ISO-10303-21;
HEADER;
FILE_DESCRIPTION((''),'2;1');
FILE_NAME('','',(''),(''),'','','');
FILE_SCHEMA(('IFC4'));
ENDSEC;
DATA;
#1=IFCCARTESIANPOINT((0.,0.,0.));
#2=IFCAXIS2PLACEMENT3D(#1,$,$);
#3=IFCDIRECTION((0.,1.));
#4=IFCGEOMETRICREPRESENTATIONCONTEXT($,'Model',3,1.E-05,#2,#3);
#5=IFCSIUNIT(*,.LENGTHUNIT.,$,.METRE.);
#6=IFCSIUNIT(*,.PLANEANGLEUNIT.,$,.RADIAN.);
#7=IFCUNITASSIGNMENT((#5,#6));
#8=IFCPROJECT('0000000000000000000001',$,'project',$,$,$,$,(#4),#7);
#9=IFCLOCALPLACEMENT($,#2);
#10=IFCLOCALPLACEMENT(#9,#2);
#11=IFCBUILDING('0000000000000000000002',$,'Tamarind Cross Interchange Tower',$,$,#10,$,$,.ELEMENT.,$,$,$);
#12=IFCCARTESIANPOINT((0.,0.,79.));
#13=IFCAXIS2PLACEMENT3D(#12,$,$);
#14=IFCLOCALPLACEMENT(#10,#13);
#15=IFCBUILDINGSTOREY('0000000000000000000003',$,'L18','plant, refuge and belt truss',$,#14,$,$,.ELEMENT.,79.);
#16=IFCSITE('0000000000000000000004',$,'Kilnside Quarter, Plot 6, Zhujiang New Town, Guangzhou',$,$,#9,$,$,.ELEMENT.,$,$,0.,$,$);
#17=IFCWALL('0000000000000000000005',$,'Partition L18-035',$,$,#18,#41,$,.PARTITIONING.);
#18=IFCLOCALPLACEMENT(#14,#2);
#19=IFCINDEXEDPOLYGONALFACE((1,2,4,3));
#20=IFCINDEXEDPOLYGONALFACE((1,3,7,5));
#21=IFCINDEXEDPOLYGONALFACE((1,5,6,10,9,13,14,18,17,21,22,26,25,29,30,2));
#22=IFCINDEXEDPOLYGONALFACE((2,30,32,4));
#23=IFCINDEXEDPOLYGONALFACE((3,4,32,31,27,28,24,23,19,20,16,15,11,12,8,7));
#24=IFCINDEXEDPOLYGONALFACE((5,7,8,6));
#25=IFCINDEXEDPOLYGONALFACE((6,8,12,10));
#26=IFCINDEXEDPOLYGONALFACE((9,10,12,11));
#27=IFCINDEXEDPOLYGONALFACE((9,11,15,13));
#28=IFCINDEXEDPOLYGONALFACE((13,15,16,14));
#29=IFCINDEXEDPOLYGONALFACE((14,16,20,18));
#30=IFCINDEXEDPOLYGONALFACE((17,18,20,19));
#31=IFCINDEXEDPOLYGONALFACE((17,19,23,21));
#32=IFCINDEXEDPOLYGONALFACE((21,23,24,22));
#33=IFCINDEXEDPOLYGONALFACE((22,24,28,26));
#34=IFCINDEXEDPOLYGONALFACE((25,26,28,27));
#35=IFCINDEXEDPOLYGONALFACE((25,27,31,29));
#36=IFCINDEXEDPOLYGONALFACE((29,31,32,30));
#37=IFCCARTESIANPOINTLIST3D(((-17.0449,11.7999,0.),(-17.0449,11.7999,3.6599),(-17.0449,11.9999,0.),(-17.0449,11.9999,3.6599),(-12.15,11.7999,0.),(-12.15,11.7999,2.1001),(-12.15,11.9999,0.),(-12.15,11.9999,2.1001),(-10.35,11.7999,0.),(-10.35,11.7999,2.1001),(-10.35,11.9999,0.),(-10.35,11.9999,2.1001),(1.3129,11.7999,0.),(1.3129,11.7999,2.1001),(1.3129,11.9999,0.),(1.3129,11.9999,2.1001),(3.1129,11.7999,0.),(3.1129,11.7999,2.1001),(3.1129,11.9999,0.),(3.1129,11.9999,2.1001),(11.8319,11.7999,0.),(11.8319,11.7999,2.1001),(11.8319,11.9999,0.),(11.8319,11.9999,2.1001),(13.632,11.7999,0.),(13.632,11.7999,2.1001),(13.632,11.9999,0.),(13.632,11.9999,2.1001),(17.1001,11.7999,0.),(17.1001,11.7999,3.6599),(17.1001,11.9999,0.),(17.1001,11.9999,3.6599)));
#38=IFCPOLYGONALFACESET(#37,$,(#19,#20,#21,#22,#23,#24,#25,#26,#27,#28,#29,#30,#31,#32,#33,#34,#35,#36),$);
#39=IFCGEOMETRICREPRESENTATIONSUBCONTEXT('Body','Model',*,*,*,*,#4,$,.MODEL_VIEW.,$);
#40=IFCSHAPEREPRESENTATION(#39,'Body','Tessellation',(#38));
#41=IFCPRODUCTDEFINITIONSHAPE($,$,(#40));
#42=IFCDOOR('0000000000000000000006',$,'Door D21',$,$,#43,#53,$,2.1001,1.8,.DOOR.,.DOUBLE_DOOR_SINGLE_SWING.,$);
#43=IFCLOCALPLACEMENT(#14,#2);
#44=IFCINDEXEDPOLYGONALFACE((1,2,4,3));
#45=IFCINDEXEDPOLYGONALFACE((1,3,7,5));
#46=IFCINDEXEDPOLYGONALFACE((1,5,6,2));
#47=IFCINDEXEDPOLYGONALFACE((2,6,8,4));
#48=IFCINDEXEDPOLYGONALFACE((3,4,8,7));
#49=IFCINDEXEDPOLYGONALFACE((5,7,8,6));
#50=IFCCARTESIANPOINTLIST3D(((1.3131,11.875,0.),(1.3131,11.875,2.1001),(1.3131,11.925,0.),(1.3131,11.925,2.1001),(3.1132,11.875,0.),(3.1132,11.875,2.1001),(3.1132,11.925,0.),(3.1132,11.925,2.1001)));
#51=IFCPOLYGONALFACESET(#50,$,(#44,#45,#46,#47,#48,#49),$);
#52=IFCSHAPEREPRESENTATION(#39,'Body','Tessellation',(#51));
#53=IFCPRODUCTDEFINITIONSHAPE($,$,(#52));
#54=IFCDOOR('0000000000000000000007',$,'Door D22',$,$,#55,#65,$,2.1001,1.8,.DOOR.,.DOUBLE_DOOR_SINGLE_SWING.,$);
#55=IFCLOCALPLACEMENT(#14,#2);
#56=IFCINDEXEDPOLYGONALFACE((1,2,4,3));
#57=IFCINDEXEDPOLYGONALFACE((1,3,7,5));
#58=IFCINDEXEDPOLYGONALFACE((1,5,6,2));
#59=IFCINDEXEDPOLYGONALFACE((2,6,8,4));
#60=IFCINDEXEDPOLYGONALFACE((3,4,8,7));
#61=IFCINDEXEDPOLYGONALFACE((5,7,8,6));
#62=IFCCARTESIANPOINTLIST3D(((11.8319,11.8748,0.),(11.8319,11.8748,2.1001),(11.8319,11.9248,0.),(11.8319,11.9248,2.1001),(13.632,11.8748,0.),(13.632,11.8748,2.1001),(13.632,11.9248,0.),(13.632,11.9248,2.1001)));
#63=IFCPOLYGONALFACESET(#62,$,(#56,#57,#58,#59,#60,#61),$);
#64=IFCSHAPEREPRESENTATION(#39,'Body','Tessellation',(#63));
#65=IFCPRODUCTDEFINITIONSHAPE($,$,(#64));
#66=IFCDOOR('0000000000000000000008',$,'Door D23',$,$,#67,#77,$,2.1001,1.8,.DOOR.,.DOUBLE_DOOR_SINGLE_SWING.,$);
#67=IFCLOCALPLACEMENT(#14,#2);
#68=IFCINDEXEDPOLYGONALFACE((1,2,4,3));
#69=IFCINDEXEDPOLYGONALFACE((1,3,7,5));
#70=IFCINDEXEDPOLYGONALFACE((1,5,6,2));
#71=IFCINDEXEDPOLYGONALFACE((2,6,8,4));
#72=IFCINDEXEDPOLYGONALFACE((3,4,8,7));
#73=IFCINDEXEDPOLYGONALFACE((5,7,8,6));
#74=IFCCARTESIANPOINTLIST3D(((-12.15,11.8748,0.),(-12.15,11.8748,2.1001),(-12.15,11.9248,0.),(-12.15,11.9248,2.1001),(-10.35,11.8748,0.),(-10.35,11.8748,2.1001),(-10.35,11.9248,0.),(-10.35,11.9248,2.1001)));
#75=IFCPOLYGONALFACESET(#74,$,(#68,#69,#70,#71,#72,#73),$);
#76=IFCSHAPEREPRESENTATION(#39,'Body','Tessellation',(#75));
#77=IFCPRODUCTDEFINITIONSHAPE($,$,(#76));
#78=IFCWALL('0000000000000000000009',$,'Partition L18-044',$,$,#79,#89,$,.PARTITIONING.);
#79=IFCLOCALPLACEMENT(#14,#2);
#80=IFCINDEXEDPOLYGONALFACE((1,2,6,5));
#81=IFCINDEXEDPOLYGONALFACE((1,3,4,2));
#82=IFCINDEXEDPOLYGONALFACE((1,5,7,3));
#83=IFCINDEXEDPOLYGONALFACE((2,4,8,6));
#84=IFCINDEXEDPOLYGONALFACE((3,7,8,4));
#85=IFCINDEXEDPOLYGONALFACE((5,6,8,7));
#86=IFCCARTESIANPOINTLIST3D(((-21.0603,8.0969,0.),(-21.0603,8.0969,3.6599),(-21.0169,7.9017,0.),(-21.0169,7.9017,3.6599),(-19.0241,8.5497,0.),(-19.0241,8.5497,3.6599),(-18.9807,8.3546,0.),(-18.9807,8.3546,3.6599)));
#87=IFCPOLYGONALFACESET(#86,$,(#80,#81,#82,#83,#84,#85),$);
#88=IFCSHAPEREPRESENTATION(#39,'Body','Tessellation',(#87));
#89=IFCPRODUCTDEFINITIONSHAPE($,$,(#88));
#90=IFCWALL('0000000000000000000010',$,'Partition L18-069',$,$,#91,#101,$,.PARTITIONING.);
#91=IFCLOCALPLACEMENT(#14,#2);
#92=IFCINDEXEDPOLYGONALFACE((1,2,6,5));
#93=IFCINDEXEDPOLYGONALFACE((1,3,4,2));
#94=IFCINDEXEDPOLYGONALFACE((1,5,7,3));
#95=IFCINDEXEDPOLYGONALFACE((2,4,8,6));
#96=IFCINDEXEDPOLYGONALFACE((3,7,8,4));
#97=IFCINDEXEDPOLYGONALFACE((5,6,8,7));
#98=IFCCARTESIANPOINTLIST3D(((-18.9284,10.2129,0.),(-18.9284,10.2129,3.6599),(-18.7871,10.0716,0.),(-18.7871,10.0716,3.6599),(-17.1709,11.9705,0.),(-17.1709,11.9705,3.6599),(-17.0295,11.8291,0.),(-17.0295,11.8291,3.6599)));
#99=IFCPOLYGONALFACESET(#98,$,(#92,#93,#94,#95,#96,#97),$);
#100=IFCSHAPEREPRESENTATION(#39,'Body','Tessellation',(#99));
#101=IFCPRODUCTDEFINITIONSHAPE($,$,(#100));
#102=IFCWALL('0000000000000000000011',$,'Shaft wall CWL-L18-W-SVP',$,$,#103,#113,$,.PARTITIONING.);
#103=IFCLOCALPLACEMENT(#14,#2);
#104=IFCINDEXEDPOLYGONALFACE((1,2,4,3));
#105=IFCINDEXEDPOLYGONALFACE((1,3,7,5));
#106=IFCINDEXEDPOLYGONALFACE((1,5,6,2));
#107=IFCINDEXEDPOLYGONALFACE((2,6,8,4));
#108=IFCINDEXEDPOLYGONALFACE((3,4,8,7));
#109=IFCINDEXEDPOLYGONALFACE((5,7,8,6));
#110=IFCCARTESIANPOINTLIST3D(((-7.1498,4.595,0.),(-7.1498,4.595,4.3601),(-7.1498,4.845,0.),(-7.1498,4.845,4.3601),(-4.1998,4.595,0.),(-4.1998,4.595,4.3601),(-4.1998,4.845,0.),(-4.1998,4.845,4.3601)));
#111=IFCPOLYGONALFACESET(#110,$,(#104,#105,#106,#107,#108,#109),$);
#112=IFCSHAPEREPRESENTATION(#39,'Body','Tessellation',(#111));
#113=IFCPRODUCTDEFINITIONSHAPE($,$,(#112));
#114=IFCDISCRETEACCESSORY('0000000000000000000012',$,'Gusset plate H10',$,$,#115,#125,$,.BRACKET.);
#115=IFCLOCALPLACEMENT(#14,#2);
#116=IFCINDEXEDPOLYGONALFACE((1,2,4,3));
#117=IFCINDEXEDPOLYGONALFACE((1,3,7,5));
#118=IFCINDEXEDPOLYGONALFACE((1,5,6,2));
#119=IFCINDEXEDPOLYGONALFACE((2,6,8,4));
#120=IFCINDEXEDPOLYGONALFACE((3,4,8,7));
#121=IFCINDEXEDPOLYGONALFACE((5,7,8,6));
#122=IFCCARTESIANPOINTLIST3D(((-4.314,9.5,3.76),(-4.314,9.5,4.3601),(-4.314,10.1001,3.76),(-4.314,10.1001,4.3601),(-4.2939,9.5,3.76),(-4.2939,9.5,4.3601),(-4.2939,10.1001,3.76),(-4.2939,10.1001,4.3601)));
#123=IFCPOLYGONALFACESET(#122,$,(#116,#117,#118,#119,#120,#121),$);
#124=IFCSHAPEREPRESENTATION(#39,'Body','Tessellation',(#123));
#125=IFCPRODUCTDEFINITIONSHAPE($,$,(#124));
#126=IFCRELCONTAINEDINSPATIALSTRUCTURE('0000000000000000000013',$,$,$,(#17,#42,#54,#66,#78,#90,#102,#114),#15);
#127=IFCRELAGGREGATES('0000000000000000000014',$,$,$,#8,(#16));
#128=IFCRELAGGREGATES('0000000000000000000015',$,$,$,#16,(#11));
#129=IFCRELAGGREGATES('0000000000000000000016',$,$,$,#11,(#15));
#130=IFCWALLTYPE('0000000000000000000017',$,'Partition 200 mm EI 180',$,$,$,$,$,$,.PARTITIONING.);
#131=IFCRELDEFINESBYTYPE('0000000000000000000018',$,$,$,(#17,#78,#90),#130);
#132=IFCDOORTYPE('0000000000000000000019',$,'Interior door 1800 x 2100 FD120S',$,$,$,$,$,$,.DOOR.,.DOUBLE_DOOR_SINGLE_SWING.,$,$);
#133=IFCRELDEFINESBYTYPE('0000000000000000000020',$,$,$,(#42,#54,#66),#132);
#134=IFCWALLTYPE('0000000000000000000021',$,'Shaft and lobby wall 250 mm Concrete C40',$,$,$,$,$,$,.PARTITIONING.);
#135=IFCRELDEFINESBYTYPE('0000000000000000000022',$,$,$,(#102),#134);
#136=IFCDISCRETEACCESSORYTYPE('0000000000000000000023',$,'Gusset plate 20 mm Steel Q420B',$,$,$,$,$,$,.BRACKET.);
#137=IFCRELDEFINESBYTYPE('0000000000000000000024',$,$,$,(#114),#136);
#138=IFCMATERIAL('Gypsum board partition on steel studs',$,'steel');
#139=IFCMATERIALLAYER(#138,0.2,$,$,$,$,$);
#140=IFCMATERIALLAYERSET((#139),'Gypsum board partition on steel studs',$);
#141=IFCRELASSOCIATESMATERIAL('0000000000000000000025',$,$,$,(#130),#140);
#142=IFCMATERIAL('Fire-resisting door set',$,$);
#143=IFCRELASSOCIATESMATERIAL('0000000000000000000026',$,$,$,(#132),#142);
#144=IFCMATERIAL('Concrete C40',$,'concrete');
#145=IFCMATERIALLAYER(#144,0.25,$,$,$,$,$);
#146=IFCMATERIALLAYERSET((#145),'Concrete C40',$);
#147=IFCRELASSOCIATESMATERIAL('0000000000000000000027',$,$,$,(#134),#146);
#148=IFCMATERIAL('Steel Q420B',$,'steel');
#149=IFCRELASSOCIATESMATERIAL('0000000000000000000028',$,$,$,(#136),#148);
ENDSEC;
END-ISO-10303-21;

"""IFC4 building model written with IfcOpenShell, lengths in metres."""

from ifc_helpers import new_model, si_unit, direction, frame, frame_2d, origin, origin_2d, place, context, subcontext, project, spatial, rectangle, extrude, material, layer, layer_set, type_object, element, fill, save


model = new_model("IFC4")

# Units and contexts
model_context = context("Model", 3, precision=1e-05, world=origin(), true_north=direction((0.0, 1.0)))
body_context = subcontext(model_context, "Body", "Model", "MODEL_VIEW")
ifc_project = project(units=[si_unit("LENGTHUNIT", "METRE"), si_unit("PLANEANGLEUNIT", "RADIAN")], contexts=[model_context])

# Site, building, storey
site_placement = place(None, origin())
site = spatial("IfcSite", under=ifc_project, at=site_placement, Name="Kilnside Quarter, Plot 6, Zhujiang New Town, Guangzhou", CompositionType="ELEMENT", RefElevation=0.0)
building_placement = place(site_placement, origin())
building = spatial("IfcBuilding", under=site, at=building_placement, Name="Tamarind Cross Interchange Tower", CompositionType="ELEMENT")
storey_placement = place(building_placement, frame((0.0, 0.0, 79.0)))
storey = spatial("IfcBuildingStorey", under=building, at=storey_placement, Name="L18", Description="plant, refuge and belt truss", CompositionType="ELEMENT", Elevation=79.0)

# Shared definitions
ifc_material_1 = material(Name="Steel Q420B", Category="steel")

# Wall, openings, doors
ifc_material_2 = material(Name="Gypsum board partition on steel studs", Category="steel")
ifc_layer_1 = layer(ifc_material_2, 0.2)
ifc_layer_set_1 = layer_set([ifc_layer_1], Name="Gypsum board partition on steel studs")
wall_type_1 = type_object("IfcWallType", Name="Partition 200 mm EI 180", PredefinedType="PARTITIONING", material=ifc_layer_set_1)
wall_1_placement = place(storey_placement, frame((-17.0449, 11.8999, 0.0), z_axis=(0.0, 0.0, 1.0), x_axis=(1.0, 0.0, 0.0)))
wall_1 = element("IfcWall", 1, at=wall_1_placement, inside=storey, type_object=wall_type_1, Name="Partition L18-035", PredefinedType="PARTITIONING", context=body_context, shape_type="SweptSolid", body=[
    extrude(rectangle(XDim=34.145, YDim=0.2, at=frame_2d((17.0725, 0.0))), origin(), (0.0, 0.0, 1.0), 3.6599),
])
opening_1_placement = place(wall_1_placement, frame((18.3579, 0.0, 0.0)))
opening_1 = element("IfcOpeningElement", 2, at=opening_1_placement, cuts=wall_1, PredefinedType="OPENING", context=body_context, shape_type="SweptSolid", body=[
    extrude(rectangle(XDim=1.8, YDim=2.1001, at=frame_2d((0.8999, 1.05))), frame((0.0, 0.1099, 0.0), z_axis=(0.0, -1.0, 0.0), x_axis=(1.0, 0.0, 0.0)), (0.0, 0.0, 1.0), 0.22),
])
opening_2_placement = place(wall_1_placement, frame((28.877, 0.0, 0.0)))
opening_2 = element("IfcOpeningElement", 3, at=opening_2_placement, cuts=wall_1, PredefinedType="OPENING", context=body_context, shape_type="SweptSolid", body=[
    extrude(rectangle(XDim=1.8, YDim=2.1001, at=frame_2d((0.8999, 1.05))), frame((0.0, 0.1099, 0.0), z_axis=(0.0, -1.0, 0.0), x_axis=(1.0, 0.0, 0.0)), (0.0, 0.0, 1.0), 0.22),
])
opening_3_placement = place(wall_1_placement, frame((4.895, 0.0, 0.0)))
opening_3 = element("IfcOpeningElement", 4, at=opening_3_placement, cuts=wall_1, PredefinedType="OPENING", context=body_context, shape_type="SweptSolid", body=[
    extrude(rectangle(XDim=1.8, YDim=2.1001, at=frame_2d((0.8999, 1.05))), frame((0.0, 0.1099, 0.0), z_axis=(0.0, -1.0, 0.0), x_axis=(1.0, 0.0, 0.0)), (0.0, 0.0, 1.0), 0.22),
])
ifc_material_3 = material(Name="Fire-resisting door set")
door_type_1 = type_object("IfcDoorType", Name="Interior door 1800 x 2100 FD120S", OperationType="DOUBLE_DOOR_SINGLE_SWING", PredefinedType="DOOR", material=ifc_material_3)
door_1_placement = place(opening_1_placement, frame((1.8, 0.0, 0.0), z_axis=(0.0, 0.0, 1.0), x_axis=(-1.0, 0.0, 0.0)))
door_1 = element("IfcDoor", 5, at=door_1_placement, inside=storey, type_object=door_type_1, Name="Door D21", OperationType="DOUBLE_DOOR_SINGLE_SWING", OverallHeight=2.1001, OverallWidth=1.8, PredefinedType="DOOR", context=body_context, shape_type="SweptSolid", body=[
    extrude(rectangle(XDim=1.8, YDim=2.1001, at=frame_2d((0.8999, 1.05))), frame((0.0, 0.0249, 0.0), z_axis=(0.0, -1.0, 0.0), x_axis=(1.0, 0.0, 0.0)), (0.0, 0.0, 1.0), 0.05),
])
fill(opening_1, door_1)
door_2_placement = place(opening_2_placement, origin())
door_2 = element("IfcDoor", 6, at=door_2_placement, inside=storey, type_object=door_type_1, Name="Door D22", OperationType="DOUBLE_DOOR_SINGLE_SWING", OverallHeight=2.1001, OverallWidth=1.8, PredefinedType="DOOR", context=body_context, shape_type="SweptSolid", body=[
    extrude(rectangle(XDim=1.8, YDim=2.1001, at=frame_2d((0.8999, 1.05))), frame((0.0, 0.0249, 0.0), z_axis=(0.0, -1.0, 0.0), x_axis=(1.0, 0.0, 0.0)), (0.0, 0.0, 1.0), 0.05),
])
fill(opening_2, door_2)
door_3_placement = place(opening_3_placement, origin())
door_3 = element("IfcDoor", 7, at=door_3_placement, inside=storey, type_object=door_type_1, Name="Door D23", OperationType="DOUBLE_DOOR_SINGLE_SWING", OverallHeight=2.1001, OverallWidth=1.8, PredefinedType="DOOR", context=body_context, shape_type="SweptSolid", body=[
    extrude(rectangle(XDim=1.8, YDim=2.1001, at=frame_2d((0.8999, 1.05))), frame((0.0, 0.0249, 0.0), z_axis=(0.0, -1.0, 0.0), x_axis=(1.0, 0.0, 0.0)), (0.0, 0.0, 1.0), 0.05),
])
fill(opening_3, door_3)

# Walls
wall_2_placement = place(storey_placement, frame((-21.0386, 7.9993, 0.0), z_axis=(0.0, 0.0, 1.0), x_axis=(0.976146, 0.217116, 0.0)))
element("IfcWall", 8, at=wall_2_placement, inside=storey, type_object=wall_type_1, Name="Partition L18-044", PredefinedType="PARTITIONING", context=body_context, shape_type="SweptSolid", body=[
    extrude(rectangle(XDim=2.0859, YDim=0.2, at=frame_2d((1.043, 0.0))), origin(), (0.0, 0.0, 1.0), 3.6599),
])
wall_3_placement = place(storey_placement, frame((-18.8577, 10.1423, 0.0), z_axis=(0.0, 0.0, 1.0), x_axis=(0.707107, 0.707107, 0.0)))
element("IfcWall", 9, at=wall_3_placement, inside=storey, type_object=wall_type_1, Name="Partition L18-069", PredefinedType="PARTITIONING", context=body_context, shape_type="SweptSolid", body=[
    extrude(rectangle(XDim=2.4856, YDim=0.2, at=frame_2d((1.2427, 0.0))), origin(), (0.0, 0.0, 1.0), 3.6599),
])
ifc_material_4 = material(Name="Concrete C40", Category="concrete")
ifc_layer_2 = layer(ifc_material_4, 0.25)
ifc_layer_set_2 = layer_set([ifc_layer_2], Name="Concrete C40")
wall_type_2 = type_object("IfcWallType", Name="Shaft and lobby wall 250 mm Concrete C40", PredefinedType="PARTITIONING", material=ifc_layer_set_2)
wall_4_placement = place(storey_placement, frame((-7.1499, 4.72, 0.0), z_axis=(0.0, 0.0, 1.0), x_axis=(1.0, 0.0, 0.0)))
element("IfcWall", 10, at=wall_4_placement, inside=storey, type_object=wall_type_2, Name="Shaft wall CWL-L18-W-SVP", PredefinedType="PARTITIONING", context=body_context, shape_type="SweptSolid", body=[
    extrude(rectangle(XDim=2.95, YDim=0.25, at=frame_2d((1.4751, 0.0))), origin(), (0.0, 0.0, 1.0), 4.3601),
])

# Discrete accessory
discrete_accessory_type = type_object("IfcDiscreteAccessoryType", Name="Gusset plate 20 mm Steel Q420B", PredefinedType="BRACKET", material=ifc_material_1)
discrete_accessory_placement = place(storey_placement, frame((-4.304, 9.8, 3.76), z_axis=(0.0, 0.0, 1.0), x_axis=(1.0, 0.0, 0.0)))
element("IfcDiscreteAccessory", 11, at=discrete_accessory_placement, inside=storey, type_object=discrete_accessory_type, Name="Gusset plate H10", PredefinedType="BRACKET", context=body_context, shape_type="SweptSolid", body=[
    extrude(rectangle(XDim=0.02, YDim=0.6001, at=origin_2d()), origin(), (0.0, 0.0, 1.0), 0.6001),
])

save(model, "model.ifc")
